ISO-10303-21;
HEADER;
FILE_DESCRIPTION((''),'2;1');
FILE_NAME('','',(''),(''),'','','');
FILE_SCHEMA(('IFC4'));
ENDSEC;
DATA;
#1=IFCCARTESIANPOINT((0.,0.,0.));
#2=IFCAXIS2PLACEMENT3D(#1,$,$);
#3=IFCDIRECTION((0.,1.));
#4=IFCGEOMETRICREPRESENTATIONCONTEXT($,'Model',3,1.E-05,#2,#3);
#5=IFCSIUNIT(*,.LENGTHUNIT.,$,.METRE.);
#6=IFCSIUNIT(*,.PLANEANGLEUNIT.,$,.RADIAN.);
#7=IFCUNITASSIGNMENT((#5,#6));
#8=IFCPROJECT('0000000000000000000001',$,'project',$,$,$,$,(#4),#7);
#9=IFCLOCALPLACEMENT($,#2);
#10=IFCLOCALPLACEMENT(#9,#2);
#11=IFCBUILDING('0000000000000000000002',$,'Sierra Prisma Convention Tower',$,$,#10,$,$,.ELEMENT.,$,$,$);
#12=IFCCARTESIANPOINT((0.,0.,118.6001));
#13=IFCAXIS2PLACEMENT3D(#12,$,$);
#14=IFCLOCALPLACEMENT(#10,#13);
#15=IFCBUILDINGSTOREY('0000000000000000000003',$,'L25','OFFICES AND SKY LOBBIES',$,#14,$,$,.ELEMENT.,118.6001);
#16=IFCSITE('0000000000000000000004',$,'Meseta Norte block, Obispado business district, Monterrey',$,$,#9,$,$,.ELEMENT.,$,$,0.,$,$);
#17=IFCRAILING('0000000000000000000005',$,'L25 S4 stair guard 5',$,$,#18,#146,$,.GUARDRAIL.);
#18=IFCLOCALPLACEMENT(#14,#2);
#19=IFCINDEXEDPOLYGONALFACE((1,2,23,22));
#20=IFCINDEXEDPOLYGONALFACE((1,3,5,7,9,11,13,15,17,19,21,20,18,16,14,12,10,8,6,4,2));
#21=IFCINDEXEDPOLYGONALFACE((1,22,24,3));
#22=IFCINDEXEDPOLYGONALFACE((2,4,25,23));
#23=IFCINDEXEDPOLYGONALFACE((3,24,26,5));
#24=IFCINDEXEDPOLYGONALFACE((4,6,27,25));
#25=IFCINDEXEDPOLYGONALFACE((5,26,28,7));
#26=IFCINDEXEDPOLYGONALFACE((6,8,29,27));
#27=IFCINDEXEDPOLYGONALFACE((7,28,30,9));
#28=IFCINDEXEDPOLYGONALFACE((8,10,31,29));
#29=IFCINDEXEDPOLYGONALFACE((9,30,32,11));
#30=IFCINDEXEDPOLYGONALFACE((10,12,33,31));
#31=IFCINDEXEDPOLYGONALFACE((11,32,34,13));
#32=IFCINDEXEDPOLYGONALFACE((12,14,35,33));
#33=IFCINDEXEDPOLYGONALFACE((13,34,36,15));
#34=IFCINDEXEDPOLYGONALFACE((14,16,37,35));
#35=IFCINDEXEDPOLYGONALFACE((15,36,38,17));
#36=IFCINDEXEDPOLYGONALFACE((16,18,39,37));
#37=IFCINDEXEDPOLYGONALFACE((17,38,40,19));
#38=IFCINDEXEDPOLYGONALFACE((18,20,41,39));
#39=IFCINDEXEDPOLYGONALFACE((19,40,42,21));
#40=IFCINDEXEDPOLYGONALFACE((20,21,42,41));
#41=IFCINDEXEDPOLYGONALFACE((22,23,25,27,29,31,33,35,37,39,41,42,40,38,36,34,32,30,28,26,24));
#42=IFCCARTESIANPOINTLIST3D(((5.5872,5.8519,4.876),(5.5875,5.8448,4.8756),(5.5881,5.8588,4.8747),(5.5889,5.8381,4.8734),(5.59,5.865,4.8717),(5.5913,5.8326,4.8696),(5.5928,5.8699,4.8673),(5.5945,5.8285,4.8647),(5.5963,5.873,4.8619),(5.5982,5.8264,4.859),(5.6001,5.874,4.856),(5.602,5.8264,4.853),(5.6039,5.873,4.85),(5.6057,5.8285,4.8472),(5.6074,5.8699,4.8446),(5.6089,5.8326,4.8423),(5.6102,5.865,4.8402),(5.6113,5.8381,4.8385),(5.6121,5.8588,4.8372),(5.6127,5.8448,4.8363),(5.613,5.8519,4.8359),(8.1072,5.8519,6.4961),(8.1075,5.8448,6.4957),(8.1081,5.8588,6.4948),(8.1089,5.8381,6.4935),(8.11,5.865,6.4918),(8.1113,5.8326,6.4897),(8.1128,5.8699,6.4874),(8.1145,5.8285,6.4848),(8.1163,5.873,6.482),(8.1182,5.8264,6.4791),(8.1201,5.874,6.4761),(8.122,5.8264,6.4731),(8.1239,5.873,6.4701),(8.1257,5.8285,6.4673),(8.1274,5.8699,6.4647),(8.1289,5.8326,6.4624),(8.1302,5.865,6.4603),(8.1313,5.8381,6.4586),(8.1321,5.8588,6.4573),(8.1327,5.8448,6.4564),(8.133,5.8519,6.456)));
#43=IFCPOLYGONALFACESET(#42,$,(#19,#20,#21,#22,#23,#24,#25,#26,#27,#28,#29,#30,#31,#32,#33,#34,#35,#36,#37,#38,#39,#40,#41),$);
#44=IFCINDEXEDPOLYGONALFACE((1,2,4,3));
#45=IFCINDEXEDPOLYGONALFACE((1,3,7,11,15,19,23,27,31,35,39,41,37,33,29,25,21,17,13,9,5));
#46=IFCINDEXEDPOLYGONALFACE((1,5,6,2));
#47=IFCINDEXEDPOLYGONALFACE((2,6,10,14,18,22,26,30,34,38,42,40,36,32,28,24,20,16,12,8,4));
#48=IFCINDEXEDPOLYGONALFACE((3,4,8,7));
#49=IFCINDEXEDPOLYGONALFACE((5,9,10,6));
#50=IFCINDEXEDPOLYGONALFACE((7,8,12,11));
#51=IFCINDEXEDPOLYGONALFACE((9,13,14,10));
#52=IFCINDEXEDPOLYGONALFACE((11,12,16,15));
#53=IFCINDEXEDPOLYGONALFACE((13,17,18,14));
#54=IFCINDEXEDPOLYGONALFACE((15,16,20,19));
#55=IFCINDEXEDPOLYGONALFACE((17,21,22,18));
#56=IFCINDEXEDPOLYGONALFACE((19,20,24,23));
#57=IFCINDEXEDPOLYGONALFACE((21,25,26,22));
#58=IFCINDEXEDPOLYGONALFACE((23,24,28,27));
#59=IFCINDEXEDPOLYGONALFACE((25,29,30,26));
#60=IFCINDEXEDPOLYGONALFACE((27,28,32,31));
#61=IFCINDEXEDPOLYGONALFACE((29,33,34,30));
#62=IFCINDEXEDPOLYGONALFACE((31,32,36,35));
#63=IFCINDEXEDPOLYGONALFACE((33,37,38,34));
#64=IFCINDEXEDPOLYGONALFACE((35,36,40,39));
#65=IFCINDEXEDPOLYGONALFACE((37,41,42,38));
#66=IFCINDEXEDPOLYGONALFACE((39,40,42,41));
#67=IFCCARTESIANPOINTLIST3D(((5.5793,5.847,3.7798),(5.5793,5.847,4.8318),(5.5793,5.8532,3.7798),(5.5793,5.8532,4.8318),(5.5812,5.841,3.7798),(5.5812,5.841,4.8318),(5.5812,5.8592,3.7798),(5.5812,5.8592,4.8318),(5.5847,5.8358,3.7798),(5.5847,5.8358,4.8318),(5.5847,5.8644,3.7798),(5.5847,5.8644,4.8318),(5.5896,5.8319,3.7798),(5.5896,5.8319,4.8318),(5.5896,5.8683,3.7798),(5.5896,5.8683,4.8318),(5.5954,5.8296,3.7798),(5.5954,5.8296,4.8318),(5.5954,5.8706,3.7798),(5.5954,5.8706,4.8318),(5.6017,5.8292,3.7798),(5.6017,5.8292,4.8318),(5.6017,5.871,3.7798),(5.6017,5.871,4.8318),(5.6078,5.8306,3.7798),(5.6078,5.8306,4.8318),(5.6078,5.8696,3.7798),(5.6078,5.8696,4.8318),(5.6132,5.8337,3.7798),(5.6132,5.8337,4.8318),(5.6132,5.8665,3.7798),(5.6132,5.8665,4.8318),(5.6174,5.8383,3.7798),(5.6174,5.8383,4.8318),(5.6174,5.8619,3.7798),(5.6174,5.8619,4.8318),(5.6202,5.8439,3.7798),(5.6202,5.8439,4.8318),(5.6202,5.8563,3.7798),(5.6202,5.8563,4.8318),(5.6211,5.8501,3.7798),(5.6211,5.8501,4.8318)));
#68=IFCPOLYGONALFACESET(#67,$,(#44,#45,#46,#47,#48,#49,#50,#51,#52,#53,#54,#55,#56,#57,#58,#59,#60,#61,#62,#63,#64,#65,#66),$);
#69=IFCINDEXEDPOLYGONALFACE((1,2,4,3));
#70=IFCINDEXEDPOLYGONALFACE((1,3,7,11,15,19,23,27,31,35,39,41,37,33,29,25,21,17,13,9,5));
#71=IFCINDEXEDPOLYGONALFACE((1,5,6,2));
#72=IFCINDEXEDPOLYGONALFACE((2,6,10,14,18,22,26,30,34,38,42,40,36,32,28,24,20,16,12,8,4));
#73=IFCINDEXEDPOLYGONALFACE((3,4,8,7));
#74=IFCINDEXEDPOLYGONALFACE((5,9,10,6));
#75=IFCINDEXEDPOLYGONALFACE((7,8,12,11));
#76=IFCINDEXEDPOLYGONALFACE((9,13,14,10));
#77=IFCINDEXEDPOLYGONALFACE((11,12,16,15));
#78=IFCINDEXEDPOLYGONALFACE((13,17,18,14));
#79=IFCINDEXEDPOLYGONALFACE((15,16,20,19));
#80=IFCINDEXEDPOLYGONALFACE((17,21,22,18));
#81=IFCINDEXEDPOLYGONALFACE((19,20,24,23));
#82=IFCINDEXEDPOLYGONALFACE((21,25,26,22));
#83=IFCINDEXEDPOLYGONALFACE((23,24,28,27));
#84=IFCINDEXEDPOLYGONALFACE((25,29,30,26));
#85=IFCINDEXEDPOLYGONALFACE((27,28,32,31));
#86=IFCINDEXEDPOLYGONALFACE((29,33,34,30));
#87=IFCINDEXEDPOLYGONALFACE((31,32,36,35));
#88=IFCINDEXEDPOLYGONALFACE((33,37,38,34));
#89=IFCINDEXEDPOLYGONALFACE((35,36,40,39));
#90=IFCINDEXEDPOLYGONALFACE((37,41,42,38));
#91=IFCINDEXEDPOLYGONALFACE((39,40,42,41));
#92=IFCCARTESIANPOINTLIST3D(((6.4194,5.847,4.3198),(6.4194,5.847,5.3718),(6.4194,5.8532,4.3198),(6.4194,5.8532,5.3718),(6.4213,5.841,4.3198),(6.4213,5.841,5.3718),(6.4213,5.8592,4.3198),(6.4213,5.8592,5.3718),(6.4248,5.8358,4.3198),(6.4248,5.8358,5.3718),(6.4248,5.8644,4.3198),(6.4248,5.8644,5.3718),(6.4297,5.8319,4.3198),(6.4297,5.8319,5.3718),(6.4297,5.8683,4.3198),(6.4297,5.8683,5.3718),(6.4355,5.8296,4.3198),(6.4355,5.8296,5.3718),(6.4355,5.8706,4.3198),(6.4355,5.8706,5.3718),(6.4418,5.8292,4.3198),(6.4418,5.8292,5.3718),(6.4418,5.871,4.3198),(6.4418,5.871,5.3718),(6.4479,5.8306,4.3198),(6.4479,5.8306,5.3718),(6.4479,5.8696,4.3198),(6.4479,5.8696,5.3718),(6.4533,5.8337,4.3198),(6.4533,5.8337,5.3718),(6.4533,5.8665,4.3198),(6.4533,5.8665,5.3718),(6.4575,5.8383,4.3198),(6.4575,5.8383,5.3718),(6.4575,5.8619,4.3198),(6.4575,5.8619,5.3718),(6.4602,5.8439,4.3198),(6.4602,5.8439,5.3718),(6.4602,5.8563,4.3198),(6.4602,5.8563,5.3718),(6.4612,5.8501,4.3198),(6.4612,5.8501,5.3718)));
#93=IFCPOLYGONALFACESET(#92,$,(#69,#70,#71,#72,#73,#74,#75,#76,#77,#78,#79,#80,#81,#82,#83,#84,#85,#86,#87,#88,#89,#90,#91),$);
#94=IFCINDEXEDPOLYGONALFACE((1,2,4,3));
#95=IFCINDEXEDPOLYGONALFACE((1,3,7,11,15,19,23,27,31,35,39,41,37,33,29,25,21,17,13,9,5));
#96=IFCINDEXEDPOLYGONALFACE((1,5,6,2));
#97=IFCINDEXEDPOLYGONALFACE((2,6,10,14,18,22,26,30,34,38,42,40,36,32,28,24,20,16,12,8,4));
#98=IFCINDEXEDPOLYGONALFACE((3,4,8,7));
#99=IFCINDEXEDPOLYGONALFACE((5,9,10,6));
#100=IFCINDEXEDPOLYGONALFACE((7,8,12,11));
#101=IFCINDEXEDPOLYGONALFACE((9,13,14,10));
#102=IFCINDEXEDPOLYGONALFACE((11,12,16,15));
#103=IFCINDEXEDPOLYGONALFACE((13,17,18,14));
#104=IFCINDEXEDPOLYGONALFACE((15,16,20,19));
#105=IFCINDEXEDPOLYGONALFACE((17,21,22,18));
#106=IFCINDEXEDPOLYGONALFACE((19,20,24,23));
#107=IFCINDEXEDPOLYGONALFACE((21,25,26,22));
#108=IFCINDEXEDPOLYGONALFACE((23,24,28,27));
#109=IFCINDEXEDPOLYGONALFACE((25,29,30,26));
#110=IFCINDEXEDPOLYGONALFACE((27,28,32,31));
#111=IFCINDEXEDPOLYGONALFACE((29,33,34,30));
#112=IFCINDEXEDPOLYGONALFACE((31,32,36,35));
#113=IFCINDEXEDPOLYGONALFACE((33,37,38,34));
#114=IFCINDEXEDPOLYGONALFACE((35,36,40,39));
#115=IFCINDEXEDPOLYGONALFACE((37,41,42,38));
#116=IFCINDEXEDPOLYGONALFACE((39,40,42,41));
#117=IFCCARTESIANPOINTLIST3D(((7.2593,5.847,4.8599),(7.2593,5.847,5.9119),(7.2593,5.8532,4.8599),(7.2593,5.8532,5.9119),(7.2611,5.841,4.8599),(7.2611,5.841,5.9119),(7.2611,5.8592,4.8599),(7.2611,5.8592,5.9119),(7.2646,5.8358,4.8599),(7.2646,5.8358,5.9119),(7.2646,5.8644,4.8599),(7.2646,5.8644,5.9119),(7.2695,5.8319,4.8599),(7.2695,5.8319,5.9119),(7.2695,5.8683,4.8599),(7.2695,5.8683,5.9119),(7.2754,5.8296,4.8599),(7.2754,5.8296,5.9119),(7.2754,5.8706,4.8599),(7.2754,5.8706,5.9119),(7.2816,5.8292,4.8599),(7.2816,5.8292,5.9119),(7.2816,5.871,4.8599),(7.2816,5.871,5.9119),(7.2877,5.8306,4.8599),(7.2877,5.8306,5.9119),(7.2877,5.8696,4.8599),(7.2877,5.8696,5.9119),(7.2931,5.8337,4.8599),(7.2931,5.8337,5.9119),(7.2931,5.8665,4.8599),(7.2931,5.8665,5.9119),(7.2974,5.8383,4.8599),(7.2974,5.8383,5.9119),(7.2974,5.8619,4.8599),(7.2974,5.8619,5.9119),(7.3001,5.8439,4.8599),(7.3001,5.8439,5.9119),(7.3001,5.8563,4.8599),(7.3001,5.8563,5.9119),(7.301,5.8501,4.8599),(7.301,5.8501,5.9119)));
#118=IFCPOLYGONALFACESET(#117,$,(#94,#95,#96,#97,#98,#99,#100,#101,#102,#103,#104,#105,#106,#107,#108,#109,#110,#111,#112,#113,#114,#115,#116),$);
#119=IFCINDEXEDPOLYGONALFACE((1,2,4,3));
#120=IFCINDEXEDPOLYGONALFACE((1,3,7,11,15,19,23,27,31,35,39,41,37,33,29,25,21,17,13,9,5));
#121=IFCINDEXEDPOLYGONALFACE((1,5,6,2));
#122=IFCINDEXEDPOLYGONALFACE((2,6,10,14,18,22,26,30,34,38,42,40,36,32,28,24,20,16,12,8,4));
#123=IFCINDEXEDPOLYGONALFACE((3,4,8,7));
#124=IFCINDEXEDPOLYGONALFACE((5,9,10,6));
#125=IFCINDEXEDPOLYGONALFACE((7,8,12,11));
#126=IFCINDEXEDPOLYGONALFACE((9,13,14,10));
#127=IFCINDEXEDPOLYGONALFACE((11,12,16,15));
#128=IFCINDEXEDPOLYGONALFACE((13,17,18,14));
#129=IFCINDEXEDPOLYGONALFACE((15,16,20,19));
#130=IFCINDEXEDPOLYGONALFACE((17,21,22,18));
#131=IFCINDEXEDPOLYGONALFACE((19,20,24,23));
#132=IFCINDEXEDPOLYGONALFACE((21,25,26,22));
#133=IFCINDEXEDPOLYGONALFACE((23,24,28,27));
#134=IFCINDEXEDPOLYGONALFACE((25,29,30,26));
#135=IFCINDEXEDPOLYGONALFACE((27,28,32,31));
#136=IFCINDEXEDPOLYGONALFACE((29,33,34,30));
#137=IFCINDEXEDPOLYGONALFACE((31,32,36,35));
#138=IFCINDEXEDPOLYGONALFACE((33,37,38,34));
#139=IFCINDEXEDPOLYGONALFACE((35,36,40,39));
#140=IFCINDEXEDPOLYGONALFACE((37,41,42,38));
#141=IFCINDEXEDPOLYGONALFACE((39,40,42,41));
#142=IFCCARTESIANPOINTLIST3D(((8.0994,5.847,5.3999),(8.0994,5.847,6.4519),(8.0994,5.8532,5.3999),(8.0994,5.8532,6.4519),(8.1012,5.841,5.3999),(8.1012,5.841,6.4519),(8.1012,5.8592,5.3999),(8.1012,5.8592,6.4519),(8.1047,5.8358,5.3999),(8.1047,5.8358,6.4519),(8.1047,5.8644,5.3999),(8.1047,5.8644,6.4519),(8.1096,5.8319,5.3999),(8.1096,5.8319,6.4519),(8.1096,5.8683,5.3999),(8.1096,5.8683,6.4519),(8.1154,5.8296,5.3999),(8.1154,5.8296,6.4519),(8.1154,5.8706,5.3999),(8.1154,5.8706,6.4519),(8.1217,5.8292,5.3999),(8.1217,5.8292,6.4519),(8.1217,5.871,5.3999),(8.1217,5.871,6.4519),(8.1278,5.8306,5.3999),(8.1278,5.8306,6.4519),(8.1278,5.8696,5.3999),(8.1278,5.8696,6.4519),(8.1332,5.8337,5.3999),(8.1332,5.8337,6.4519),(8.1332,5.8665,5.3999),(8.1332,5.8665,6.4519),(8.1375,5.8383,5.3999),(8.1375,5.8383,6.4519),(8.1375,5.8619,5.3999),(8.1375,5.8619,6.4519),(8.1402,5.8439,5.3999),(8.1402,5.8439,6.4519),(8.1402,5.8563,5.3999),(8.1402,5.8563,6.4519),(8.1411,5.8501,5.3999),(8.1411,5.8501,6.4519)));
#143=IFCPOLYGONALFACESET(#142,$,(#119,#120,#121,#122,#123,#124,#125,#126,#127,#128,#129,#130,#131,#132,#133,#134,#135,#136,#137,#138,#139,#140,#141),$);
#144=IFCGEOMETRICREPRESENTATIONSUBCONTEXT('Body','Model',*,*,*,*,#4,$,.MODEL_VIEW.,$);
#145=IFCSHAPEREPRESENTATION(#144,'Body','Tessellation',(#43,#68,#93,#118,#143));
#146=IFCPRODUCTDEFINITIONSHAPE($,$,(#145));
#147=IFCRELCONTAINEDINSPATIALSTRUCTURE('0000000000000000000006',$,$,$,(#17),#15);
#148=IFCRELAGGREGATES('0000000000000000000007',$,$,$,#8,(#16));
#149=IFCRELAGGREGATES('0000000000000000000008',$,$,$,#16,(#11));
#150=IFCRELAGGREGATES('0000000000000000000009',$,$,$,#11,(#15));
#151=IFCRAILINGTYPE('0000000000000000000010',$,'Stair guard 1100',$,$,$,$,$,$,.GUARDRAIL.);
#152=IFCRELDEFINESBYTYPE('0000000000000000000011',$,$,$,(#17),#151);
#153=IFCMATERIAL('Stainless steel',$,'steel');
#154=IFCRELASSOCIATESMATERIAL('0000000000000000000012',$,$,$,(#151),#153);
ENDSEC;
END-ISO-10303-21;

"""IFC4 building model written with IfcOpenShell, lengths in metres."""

from ifc_helpers import new_model, si_unit, direction, frame, origin, origin_2d, place, context, subcontext, project, spatial, circle, extrude, material, type_object, element, save


model = new_model("IFC4")

# Units and contexts
model_context = context("Model", 3, precision=1e-05, world=origin(), true_north=direction((0.0, 1.0)))
body_context = subcontext(model_context, "Body", "Model", "MODEL_VIEW")
ifc_project = project(units=[si_unit("LENGTHUNIT", "METRE"), si_unit("PLANEANGLEUNIT", "RADIAN")], contexts=[model_context])

# Site, building, storey
site_placement = place(None, origin())
site = spatial("IfcSite", under=ifc_project, at=site_placement, Name="Meseta Norte block, Obispado business district, Monterrey", CompositionType="ELEMENT", RefElevation=0.0)
building_placement = place(site_placement, origin())
building = spatial("IfcBuilding", under=site, at=building_placement, Name="Sierra Prisma Convention Tower", CompositionType="ELEMENT")
storey_placement = place(building_placement, frame((0.0, 0.0, 118.6001)))
storey = spatial("IfcBuildingStorey", under=building, at=storey_placement, Name="L25", Description="OFFICES AND SKY LOBBIES", CompositionType="ELEMENT", Elevation=118.6001)

# Railing
ifc_material_1 = material(Name="Stainless steel", Category="steel")
railing_type = type_object("IfcRailingType", Name="Stair guard 1100", PredefinedType="GUARDRAIL", material=ifc_material_1)
railing_1_placement = place(storey_placement, frame((5.6001, 5.8501, 3.7798)))
element("IfcRailing", 1, at=railing_1_placement, inside=storey, type_object=railing_type, Name="L25 S4 stair guard 5", PredefinedType="GUARDRAIL", context=body_context, shape_type="SweptSolid", body=[
    extrude(circle(Radius=0.0239, at=origin_2d()), frame((0.0, 0.0, 1.0762), z_axis=(0.841163, 0.0, 0.540782), x_axis=(0.0, 1.0, 0.0)), (0.0, 0.0, 1.0), 2.9958),
    extrude(circle(Radius=0.021, at=origin_2d()), origin(), (0.0, 0.0, 1.0), 1.052),
    extrude(circle(Radius=0.021, at=origin_2d()), frame((0.8401, 0.0, 0.54)), (0.0, 0.0, 1.0), 1.052),
    extrude(circle(Radius=0.021, at=origin_2d()), frame((1.6799, 0.0, 1.0801)), (0.0, 0.0, 1.0), 1.052),
    extrude(circle(Radius=0.021, at=origin_2d()), frame((2.52, 0.0, 1.6201)), (0.0, 0.0, 1.0), 1.052),
])

save(model, "model.ifc")
